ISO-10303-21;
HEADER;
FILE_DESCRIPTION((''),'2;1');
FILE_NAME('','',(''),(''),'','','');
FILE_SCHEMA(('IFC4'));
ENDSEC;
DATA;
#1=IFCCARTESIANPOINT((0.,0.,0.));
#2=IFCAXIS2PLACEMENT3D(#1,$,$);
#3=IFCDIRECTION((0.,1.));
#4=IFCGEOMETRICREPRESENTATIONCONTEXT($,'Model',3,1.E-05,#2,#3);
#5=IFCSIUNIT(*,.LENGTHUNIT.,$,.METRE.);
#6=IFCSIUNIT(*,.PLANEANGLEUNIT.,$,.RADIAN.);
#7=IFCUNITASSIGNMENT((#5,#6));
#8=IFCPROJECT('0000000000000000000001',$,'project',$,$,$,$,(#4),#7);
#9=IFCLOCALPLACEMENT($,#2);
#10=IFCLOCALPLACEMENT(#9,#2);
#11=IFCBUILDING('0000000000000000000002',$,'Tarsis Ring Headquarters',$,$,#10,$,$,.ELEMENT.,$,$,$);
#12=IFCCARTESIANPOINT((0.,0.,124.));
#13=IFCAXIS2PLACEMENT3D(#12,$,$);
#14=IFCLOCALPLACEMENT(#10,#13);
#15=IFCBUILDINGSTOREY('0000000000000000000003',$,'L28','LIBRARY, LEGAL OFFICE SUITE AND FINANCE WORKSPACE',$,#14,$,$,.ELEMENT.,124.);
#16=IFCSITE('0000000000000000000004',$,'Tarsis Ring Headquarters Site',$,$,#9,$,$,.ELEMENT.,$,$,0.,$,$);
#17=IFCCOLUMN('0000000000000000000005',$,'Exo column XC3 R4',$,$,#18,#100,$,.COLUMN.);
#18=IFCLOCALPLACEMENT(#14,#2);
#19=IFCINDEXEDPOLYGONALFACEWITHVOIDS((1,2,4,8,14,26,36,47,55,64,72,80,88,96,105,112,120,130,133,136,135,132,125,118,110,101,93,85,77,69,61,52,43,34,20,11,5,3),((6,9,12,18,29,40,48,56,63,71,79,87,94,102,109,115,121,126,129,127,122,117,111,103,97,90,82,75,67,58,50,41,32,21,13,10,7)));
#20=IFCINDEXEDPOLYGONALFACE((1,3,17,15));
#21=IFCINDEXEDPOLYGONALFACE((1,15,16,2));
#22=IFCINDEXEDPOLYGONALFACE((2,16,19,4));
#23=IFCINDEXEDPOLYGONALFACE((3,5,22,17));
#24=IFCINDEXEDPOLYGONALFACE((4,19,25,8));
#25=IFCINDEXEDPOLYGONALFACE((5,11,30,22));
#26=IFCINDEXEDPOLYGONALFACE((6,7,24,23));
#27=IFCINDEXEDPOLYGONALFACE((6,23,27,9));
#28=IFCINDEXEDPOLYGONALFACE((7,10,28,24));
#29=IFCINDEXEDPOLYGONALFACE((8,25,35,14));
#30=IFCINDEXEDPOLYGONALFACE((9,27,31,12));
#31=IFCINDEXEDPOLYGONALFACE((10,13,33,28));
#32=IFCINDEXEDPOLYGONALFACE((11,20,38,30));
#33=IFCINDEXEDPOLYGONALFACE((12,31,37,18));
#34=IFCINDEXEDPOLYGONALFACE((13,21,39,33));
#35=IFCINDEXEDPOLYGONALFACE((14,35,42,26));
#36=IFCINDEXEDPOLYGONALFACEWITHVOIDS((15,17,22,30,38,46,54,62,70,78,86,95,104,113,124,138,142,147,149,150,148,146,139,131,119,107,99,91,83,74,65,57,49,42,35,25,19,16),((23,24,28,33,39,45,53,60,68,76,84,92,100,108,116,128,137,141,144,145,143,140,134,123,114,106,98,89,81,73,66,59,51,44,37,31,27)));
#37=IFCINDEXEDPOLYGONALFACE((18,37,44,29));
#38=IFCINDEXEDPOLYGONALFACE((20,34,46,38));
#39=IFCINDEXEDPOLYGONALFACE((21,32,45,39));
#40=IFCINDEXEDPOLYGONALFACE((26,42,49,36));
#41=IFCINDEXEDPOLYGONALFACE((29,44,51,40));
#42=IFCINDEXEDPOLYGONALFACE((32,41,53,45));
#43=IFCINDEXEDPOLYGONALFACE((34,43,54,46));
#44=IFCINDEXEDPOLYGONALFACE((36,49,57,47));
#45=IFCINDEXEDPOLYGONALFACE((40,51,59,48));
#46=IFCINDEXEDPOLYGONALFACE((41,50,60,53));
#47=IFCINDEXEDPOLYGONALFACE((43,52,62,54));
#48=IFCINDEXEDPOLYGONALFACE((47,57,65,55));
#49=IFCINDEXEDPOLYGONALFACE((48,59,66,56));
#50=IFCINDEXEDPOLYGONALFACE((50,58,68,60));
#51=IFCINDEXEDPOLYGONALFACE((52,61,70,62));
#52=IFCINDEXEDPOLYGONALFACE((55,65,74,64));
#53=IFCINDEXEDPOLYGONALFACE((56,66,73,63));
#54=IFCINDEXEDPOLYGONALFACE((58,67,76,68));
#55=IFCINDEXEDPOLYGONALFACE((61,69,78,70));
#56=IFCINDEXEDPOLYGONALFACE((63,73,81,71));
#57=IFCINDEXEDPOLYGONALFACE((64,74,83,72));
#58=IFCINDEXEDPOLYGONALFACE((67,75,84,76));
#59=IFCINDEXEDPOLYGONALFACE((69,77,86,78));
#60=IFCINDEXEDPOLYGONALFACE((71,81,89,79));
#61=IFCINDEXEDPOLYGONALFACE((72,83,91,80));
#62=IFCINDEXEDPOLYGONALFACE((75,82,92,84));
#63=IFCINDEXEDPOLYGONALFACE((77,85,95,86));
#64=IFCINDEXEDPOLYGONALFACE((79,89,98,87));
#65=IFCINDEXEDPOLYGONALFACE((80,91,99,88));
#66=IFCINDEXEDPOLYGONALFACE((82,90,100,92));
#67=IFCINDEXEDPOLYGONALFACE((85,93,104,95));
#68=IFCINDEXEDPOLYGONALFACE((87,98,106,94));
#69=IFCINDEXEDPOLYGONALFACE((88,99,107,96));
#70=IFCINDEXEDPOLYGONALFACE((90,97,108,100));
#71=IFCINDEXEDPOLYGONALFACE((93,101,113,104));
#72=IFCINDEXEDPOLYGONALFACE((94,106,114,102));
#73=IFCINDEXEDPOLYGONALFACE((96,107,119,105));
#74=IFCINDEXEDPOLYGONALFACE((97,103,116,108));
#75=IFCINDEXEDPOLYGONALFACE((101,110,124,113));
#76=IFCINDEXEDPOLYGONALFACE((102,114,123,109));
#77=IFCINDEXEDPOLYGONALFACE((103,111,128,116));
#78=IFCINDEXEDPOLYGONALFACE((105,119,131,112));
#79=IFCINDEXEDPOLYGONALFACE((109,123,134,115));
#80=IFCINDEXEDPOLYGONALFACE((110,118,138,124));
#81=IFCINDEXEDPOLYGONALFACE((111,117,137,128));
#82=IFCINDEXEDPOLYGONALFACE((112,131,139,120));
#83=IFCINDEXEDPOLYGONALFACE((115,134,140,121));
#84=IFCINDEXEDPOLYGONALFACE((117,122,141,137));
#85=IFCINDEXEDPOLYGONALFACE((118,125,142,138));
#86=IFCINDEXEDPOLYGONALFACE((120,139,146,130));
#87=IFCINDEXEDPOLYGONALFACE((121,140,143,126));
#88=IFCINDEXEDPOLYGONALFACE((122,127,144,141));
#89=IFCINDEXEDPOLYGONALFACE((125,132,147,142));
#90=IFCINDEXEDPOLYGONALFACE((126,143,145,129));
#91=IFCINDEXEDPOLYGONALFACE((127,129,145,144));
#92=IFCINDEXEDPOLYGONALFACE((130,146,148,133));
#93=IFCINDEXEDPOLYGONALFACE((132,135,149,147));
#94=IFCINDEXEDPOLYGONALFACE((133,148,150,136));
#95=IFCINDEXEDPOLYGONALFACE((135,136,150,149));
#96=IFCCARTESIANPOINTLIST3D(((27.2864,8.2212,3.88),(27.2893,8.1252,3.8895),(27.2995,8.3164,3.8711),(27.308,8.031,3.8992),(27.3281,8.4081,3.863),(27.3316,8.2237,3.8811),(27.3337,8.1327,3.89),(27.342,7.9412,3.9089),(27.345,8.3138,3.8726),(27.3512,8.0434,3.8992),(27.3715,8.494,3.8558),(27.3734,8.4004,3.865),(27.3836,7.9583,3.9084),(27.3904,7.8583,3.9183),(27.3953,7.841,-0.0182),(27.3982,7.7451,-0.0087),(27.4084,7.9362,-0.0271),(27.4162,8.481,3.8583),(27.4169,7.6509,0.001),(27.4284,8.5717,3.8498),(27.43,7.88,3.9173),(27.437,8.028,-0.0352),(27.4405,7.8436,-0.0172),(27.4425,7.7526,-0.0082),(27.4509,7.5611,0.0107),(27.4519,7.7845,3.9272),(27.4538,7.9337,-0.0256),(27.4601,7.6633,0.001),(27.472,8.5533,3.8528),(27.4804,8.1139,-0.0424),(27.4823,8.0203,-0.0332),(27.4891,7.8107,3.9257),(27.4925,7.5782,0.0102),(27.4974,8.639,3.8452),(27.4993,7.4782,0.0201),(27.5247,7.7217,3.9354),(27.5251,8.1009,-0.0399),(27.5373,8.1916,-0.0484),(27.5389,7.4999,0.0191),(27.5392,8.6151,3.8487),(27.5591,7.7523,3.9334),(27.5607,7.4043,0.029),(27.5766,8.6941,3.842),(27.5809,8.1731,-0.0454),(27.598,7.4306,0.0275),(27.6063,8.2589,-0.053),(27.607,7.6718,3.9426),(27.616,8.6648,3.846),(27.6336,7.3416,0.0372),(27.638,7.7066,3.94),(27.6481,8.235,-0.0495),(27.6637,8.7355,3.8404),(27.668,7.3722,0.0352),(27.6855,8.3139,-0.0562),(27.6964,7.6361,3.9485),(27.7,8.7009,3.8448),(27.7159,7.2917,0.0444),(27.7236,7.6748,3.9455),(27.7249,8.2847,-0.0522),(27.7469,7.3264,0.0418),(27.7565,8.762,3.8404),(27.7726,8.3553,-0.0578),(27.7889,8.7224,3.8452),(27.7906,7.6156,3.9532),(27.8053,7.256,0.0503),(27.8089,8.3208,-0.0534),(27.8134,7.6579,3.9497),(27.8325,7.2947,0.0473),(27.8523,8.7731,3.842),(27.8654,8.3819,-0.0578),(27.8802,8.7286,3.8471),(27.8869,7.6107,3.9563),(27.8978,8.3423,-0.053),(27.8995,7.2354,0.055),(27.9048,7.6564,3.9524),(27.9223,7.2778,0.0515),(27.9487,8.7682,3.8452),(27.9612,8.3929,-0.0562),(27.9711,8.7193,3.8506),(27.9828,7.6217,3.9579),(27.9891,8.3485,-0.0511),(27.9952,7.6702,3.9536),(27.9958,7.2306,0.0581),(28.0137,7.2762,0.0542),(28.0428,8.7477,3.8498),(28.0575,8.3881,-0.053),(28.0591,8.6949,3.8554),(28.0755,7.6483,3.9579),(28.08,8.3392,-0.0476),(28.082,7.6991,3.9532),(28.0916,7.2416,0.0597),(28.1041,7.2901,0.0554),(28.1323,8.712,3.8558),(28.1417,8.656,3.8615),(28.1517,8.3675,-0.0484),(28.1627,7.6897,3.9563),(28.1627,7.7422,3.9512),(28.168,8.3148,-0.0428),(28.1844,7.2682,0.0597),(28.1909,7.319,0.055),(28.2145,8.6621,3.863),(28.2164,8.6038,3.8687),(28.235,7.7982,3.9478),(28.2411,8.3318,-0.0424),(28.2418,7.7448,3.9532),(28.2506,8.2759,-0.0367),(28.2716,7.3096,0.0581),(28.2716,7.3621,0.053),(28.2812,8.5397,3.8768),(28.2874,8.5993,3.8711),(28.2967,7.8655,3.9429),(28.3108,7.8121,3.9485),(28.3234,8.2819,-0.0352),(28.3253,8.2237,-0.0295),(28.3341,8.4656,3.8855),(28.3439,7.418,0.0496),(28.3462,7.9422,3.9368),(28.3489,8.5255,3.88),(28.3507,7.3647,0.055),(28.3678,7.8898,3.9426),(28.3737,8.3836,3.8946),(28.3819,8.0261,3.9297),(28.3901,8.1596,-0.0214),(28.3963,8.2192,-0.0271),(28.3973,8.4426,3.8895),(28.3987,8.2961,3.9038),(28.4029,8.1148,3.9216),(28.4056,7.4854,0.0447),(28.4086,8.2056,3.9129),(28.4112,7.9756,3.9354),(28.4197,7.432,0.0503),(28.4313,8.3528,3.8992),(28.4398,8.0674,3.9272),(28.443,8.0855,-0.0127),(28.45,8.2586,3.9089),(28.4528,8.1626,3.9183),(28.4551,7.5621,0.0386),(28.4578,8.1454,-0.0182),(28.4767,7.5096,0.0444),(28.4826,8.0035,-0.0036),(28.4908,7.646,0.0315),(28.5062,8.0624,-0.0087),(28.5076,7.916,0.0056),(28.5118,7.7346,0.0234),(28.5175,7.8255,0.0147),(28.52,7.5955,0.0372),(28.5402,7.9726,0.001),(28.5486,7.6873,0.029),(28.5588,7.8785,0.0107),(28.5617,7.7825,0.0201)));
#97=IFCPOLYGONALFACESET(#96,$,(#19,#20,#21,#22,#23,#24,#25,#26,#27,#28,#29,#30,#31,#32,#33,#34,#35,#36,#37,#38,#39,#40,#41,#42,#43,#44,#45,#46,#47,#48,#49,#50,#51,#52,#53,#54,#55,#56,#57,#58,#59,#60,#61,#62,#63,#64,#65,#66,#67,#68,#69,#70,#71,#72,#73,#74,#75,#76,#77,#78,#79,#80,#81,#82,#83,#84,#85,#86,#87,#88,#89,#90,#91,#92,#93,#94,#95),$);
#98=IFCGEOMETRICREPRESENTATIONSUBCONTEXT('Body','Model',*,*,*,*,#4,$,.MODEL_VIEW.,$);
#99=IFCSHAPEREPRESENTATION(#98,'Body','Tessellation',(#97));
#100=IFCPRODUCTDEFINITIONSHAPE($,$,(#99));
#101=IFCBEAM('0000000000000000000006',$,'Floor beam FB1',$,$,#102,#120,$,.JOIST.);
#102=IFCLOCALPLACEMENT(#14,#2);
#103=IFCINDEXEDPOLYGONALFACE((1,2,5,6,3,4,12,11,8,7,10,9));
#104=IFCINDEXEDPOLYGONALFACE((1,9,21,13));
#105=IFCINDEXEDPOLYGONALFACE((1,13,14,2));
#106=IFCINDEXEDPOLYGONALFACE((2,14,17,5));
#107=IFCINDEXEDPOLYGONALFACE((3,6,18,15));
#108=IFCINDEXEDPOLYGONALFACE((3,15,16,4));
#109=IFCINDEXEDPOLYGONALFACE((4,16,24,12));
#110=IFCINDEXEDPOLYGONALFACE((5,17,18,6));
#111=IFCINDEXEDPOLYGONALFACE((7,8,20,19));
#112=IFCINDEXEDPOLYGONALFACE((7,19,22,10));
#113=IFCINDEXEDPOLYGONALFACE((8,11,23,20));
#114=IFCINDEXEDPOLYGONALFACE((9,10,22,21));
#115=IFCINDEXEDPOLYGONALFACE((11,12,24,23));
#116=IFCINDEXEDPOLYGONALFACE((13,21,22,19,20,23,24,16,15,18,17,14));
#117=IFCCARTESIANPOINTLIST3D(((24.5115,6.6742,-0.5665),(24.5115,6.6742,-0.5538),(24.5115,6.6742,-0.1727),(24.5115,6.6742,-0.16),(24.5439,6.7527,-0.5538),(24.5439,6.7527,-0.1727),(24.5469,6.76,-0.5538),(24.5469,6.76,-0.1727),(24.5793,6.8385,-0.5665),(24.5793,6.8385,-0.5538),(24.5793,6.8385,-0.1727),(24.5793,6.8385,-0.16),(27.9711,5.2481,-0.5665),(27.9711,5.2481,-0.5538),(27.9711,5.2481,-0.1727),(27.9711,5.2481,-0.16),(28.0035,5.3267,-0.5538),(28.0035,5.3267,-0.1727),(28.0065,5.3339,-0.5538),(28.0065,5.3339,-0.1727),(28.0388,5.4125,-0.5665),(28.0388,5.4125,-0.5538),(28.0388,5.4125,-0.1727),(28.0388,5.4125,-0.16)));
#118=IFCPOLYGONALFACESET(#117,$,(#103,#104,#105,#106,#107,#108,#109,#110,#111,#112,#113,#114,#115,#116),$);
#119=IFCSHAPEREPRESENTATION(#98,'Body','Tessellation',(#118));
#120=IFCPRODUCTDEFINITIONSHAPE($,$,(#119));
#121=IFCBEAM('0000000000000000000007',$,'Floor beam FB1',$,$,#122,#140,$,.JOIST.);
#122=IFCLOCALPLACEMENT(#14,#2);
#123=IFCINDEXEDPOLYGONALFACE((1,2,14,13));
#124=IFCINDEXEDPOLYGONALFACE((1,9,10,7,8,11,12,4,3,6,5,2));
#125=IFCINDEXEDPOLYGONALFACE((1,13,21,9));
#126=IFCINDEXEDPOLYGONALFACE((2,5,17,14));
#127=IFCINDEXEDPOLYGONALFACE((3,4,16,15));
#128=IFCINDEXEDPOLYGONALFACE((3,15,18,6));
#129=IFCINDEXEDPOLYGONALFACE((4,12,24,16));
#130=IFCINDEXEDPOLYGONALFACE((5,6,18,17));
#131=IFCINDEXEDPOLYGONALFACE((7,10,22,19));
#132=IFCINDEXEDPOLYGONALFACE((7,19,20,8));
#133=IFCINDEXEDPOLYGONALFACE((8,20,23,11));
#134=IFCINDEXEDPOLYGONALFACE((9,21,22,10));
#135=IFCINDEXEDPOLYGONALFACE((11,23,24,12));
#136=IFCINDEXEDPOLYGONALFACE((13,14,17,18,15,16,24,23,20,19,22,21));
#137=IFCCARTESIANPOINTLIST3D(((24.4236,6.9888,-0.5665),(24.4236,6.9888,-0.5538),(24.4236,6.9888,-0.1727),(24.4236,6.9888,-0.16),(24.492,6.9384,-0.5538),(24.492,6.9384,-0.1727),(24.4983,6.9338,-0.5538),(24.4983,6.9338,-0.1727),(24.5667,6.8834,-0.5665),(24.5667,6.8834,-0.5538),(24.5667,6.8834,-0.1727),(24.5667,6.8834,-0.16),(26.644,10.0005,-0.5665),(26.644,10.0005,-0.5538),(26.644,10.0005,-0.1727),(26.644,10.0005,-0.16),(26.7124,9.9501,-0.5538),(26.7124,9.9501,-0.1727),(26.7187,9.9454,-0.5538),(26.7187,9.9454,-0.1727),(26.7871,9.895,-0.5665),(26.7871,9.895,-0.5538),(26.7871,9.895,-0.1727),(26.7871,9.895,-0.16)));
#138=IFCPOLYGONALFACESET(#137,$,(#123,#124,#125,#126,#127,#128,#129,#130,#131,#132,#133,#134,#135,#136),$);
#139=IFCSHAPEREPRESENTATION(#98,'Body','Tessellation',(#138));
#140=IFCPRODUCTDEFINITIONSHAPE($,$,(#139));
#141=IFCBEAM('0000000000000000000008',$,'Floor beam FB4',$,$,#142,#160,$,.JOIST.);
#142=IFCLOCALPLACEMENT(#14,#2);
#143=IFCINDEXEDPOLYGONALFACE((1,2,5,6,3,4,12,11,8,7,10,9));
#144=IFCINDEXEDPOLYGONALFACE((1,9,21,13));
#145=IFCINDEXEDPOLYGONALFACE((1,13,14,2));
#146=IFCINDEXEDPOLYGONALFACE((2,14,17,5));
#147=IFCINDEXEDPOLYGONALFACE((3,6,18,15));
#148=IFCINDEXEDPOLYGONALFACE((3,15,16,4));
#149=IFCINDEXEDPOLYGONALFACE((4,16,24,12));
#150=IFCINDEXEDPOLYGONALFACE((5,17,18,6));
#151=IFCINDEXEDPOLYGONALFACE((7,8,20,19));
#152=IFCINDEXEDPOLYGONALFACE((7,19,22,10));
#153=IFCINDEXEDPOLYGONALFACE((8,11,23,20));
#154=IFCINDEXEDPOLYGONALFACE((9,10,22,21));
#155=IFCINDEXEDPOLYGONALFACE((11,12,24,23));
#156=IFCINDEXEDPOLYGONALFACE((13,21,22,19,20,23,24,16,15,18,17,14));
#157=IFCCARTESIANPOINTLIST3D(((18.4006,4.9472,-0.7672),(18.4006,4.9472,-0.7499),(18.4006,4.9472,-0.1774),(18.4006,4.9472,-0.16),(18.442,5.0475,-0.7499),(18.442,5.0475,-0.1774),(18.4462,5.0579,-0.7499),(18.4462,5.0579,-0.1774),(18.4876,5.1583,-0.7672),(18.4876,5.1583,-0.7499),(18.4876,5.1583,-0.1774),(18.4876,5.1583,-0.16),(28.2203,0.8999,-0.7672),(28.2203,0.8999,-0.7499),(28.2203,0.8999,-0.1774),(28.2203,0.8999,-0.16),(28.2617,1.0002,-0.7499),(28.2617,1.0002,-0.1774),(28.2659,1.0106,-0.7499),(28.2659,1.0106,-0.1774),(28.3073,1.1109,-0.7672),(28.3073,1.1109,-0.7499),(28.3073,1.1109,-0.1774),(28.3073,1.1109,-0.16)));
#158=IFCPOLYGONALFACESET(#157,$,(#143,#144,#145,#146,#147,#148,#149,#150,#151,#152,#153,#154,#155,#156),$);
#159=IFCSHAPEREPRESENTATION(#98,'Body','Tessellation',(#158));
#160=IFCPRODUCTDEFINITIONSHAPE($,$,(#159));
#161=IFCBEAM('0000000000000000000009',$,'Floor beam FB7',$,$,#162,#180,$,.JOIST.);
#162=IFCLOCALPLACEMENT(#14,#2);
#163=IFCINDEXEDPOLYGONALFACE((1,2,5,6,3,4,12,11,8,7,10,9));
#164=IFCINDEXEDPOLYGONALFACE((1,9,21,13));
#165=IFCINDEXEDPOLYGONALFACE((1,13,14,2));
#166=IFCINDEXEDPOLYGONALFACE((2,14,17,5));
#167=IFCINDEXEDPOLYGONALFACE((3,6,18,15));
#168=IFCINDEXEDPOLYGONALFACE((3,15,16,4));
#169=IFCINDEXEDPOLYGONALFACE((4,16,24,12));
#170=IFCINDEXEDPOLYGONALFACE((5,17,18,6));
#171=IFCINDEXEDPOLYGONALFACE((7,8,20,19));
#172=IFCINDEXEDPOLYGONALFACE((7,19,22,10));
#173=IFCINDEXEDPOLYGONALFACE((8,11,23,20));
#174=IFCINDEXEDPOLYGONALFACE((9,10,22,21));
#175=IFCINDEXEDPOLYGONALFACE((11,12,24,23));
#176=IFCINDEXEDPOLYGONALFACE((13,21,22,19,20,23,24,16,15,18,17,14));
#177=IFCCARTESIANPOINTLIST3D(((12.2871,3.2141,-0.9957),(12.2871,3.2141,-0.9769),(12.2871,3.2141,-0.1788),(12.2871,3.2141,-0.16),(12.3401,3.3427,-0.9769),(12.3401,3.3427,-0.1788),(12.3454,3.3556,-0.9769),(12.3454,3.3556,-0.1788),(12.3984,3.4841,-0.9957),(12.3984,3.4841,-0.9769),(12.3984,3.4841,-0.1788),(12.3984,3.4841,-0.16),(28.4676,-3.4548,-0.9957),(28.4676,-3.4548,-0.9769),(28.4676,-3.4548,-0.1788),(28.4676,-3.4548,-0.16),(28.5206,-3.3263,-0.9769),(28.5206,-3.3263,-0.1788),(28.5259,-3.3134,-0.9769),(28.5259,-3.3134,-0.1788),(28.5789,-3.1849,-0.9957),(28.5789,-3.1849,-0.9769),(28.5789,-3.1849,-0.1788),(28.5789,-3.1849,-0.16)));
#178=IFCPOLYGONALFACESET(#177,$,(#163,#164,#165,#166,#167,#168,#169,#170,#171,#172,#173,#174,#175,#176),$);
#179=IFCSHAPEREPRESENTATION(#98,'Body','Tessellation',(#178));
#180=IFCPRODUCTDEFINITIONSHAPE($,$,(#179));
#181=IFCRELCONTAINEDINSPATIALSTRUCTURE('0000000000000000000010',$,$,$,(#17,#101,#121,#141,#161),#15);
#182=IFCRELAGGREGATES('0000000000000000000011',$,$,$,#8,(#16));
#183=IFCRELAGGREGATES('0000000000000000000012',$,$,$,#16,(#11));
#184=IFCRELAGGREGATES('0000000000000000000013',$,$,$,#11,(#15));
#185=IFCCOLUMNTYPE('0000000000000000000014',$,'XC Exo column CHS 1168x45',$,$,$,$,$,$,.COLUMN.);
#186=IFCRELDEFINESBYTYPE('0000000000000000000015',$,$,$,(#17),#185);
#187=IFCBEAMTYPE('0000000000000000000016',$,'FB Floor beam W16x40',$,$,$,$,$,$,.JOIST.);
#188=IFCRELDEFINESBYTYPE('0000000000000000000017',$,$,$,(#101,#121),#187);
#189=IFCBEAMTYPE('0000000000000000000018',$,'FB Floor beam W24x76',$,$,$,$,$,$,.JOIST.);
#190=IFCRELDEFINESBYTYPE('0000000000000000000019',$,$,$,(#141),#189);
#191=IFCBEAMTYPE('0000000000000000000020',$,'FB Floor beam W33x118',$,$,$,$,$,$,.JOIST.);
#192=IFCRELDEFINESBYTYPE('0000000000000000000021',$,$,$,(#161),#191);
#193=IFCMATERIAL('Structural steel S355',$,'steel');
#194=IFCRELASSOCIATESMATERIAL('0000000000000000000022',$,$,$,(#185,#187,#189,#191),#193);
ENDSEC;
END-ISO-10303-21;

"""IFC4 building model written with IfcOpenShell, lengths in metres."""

from ifc_helpers import new_model, si_unit, direction, frame, origin, origin_2d, place, context, subcontext, project, spatial, hollow_circle, i_section, extrude, material, material_profile, profile_set, type_object, element, save


model = new_model("IFC4")

# Units and contexts
model_context = context("Model", 3, precision=1e-05, world=origin(), true_north=direction((0.0, 1.0)))
body_context = subcontext(model_context, "Body", "Model", "MODEL_VIEW")
ifc_project = project(units=[si_unit("LENGTHUNIT", "METRE"), si_unit("PLANEANGLEUNIT", "RADIAN")], contexts=[model_context])

# Site, building, storey
site_placement = place(None, origin())
site = spatial("IfcSite", under=ifc_project, at=site_placement, Name="Tarsis Ring Headquarters Site", CompositionType="ELEMENT", RefElevation=0.0)
building_placement = place(site_placement, origin())
building = spatial("IfcBuilding", under=site, at=building_placement, Name="Tarsis Ring Headquarters", CompositionType="ELEMENT")
storey_placement = place(building_placement, frame((0.0, 0.0, 124.0)))
storey = spatial("IfcBuildingStorey", under=building, at=storey_placement, Name="L28", Description="LIBRARY, LEGAL OFFICE SUITE AND FINANCE WORKSPACE", CompositionType="ELEMENT", Elevation=124.0)

# Column
ifc_material_1 = material(Name="Structural steel S355", Category="steel")
ifc_material_profile_1 = material_profile(ifc_material_1, hollow_circle(Radius=0.5842, WallThickness=0.0449, at=origin_2d()), Name="CHS 1168x45")
ifc_profile_set_1 = profile_set([ifc_material_profile_1], Name="Structural steel S355")
column_type = type_object("IfcColumnType", Name="XC Exo column CHS 1168x45", PredefinedType="COLUMN", material=ifc_profile_set_1)
column_placement = place(storey_placement, frame((27.9785, 7.8118, 0.001), z_axis=(-0.02779, 0.097016, 0.994895), x_axis=(-0.961337, -0.275373, 0.0)))
element("IfcColumn", 1, at=column_placement, inside=storey, type_object=column_type, Name="Exo column XC3 R4", PredefinedType="COLUMN", context=body_context, shape_type="SweptSolid", body=[
    extrude(hollow_circle(Radius=0.5842, WallThickness=0.0449, at=origin_2d()), origin(), (0.0, 0.0, 1.0), 3.9182),
])

# Beams
ifc_material_profile_2 = material_profile(ifc_material_1, i_section(OverallWidth=0.1777, OverallDepth=0.4065, WebThickness=0.0078, FlangeThickness=0.0127, at=origin_2d()), Name="W16x40")
ifc_profile_set_2 = profile_set([ifc_material_profile_2], Name="Structural steel S355")
beam_type_1 = type_object("IfcBeamType", Name="FB Floor beam W16x40", PredefinedType="JOIST", material=ifc_profile_set_2)
beam_1_placement = place(storey_placement, frame((24.5454, 6.7563, -0.3633), z_axis=(0.924533, -0.381101, 0.0), x_axis=(0.381101, 0.924533, 0.0)))
element("IfcBeam", 2, at=beam_1_placement, inside=storey, type_object=beam_type_1, Name="Floor beam FB1", PredefinedType="JOIST", context=body_context, shape_type="SweptSolid", body=[
    extrude(i_section(OverallWidth=0.1777, OverallDepth=0.4065, WebThickness=0.0078, FlangeThickness=0.0127, at=origin_2d()), origin(), (0.0, 0.0, 1.0), 3.7419),
])
beam_2_placement = place(storey_placement, frame((26.7156, 9.9478, -0.3633), z_axis=(-0.593424, -0.80489, 0.0), x_axis=(0.80489, -0.593424, 0.0)))
element("IfcBeam", 3, at=beam_2_placement, inside=storey, type_object=beam_type_1, Name="Floor beam FB1", PredefinedType="JOIST", context=body_context, shape_type="SweptSolid", body=[
    extrude(i_section(OverallWidth=0.1777, OverallDepth=0.4065, WebThickness=0.0078, FlangeThickness=0.0127, at=origin_2d()), origin(), (0.0, 0.0, 1.0), 3.7417),
])
ifc_material_profile_3 = material_profile(ifc_material_1, i_section(OverallWidth=0.2283, OverallDepth=0.6072, WebThickness=0.0112, FlangeThickness=0.0173, at=origin_2d()), Name="W24x76")
ifc_profile_set_3 = profile_set([ifc_material_profile_3], Name="Structural steel S355")
beam_type_2 = type_object("IfcBeamType", Name="FB Floor beam W24x76", PredefinedType="JOIST", material=ifc_profile_set_3)
beam_3_placement = place(storey_placement, frame((18.4441, 5.0527, -0.4636), z_axis=(0.924549, -0.381064, 0.0), x_axis=(0.381064, 0.924549, 0.0)))
element("IfcBeam", 4, at=beam_3_placement, inside=storey, type_object=beam_type_2, Name="Floor beam FB4", PredefinedType="JOIST", context=body_context, shape_type="SweptSolid", body=[
    extrude(i_section(OverallWidth=0.2283, OverallDepth=0.6072, WebThickness=0.0112, FlangeThickness=0.0173, at=origin_2d()), origin(), (0.0, 0.0, 1.0), 10.6211),
])
ifc_material_profile_4 = material_profile(ifc_material_1, i_section(OverallWidth=0.292, OverallDepth=0.8357, WebThickness=0.0139, FlangeThickness=0.0188, at=origin_2d()), Name="W33x118")
ifc_profile_set_4 = profile_set([ifc_material_profile_4], Name="Structural steel S355")
beam_type_3 = type_object("IfcBeamType", Name="FB Floor beam W33x118", PredefinedType="JOIST", material=ifc_profile_set_4)
beam_4_placement = place(storey_placement, frame((12.3428, 3.3491, -0.5779), z_axis=(0.924549, -0.381063, 0.0), x_axis=(0.381063, 0.924549, 0.0)))
element("IfcBeam", 5, at=beam_4_placement, inside=storey, type_object=beam_type_3, Name="Floor beam FB7", PredefinedType="JOIST", context=body_context, shape_type="SweptSolid", body=[
    extrude(i_section(OverallWidth=0.292, OverallDepth=0.8357, WebThickness=0.0139, FlangeThickness=0.0188, at=origin_2d()), origin(), (0.0, 0.0, 1.0), 17.501),
])

save(model, "model.ifc")
